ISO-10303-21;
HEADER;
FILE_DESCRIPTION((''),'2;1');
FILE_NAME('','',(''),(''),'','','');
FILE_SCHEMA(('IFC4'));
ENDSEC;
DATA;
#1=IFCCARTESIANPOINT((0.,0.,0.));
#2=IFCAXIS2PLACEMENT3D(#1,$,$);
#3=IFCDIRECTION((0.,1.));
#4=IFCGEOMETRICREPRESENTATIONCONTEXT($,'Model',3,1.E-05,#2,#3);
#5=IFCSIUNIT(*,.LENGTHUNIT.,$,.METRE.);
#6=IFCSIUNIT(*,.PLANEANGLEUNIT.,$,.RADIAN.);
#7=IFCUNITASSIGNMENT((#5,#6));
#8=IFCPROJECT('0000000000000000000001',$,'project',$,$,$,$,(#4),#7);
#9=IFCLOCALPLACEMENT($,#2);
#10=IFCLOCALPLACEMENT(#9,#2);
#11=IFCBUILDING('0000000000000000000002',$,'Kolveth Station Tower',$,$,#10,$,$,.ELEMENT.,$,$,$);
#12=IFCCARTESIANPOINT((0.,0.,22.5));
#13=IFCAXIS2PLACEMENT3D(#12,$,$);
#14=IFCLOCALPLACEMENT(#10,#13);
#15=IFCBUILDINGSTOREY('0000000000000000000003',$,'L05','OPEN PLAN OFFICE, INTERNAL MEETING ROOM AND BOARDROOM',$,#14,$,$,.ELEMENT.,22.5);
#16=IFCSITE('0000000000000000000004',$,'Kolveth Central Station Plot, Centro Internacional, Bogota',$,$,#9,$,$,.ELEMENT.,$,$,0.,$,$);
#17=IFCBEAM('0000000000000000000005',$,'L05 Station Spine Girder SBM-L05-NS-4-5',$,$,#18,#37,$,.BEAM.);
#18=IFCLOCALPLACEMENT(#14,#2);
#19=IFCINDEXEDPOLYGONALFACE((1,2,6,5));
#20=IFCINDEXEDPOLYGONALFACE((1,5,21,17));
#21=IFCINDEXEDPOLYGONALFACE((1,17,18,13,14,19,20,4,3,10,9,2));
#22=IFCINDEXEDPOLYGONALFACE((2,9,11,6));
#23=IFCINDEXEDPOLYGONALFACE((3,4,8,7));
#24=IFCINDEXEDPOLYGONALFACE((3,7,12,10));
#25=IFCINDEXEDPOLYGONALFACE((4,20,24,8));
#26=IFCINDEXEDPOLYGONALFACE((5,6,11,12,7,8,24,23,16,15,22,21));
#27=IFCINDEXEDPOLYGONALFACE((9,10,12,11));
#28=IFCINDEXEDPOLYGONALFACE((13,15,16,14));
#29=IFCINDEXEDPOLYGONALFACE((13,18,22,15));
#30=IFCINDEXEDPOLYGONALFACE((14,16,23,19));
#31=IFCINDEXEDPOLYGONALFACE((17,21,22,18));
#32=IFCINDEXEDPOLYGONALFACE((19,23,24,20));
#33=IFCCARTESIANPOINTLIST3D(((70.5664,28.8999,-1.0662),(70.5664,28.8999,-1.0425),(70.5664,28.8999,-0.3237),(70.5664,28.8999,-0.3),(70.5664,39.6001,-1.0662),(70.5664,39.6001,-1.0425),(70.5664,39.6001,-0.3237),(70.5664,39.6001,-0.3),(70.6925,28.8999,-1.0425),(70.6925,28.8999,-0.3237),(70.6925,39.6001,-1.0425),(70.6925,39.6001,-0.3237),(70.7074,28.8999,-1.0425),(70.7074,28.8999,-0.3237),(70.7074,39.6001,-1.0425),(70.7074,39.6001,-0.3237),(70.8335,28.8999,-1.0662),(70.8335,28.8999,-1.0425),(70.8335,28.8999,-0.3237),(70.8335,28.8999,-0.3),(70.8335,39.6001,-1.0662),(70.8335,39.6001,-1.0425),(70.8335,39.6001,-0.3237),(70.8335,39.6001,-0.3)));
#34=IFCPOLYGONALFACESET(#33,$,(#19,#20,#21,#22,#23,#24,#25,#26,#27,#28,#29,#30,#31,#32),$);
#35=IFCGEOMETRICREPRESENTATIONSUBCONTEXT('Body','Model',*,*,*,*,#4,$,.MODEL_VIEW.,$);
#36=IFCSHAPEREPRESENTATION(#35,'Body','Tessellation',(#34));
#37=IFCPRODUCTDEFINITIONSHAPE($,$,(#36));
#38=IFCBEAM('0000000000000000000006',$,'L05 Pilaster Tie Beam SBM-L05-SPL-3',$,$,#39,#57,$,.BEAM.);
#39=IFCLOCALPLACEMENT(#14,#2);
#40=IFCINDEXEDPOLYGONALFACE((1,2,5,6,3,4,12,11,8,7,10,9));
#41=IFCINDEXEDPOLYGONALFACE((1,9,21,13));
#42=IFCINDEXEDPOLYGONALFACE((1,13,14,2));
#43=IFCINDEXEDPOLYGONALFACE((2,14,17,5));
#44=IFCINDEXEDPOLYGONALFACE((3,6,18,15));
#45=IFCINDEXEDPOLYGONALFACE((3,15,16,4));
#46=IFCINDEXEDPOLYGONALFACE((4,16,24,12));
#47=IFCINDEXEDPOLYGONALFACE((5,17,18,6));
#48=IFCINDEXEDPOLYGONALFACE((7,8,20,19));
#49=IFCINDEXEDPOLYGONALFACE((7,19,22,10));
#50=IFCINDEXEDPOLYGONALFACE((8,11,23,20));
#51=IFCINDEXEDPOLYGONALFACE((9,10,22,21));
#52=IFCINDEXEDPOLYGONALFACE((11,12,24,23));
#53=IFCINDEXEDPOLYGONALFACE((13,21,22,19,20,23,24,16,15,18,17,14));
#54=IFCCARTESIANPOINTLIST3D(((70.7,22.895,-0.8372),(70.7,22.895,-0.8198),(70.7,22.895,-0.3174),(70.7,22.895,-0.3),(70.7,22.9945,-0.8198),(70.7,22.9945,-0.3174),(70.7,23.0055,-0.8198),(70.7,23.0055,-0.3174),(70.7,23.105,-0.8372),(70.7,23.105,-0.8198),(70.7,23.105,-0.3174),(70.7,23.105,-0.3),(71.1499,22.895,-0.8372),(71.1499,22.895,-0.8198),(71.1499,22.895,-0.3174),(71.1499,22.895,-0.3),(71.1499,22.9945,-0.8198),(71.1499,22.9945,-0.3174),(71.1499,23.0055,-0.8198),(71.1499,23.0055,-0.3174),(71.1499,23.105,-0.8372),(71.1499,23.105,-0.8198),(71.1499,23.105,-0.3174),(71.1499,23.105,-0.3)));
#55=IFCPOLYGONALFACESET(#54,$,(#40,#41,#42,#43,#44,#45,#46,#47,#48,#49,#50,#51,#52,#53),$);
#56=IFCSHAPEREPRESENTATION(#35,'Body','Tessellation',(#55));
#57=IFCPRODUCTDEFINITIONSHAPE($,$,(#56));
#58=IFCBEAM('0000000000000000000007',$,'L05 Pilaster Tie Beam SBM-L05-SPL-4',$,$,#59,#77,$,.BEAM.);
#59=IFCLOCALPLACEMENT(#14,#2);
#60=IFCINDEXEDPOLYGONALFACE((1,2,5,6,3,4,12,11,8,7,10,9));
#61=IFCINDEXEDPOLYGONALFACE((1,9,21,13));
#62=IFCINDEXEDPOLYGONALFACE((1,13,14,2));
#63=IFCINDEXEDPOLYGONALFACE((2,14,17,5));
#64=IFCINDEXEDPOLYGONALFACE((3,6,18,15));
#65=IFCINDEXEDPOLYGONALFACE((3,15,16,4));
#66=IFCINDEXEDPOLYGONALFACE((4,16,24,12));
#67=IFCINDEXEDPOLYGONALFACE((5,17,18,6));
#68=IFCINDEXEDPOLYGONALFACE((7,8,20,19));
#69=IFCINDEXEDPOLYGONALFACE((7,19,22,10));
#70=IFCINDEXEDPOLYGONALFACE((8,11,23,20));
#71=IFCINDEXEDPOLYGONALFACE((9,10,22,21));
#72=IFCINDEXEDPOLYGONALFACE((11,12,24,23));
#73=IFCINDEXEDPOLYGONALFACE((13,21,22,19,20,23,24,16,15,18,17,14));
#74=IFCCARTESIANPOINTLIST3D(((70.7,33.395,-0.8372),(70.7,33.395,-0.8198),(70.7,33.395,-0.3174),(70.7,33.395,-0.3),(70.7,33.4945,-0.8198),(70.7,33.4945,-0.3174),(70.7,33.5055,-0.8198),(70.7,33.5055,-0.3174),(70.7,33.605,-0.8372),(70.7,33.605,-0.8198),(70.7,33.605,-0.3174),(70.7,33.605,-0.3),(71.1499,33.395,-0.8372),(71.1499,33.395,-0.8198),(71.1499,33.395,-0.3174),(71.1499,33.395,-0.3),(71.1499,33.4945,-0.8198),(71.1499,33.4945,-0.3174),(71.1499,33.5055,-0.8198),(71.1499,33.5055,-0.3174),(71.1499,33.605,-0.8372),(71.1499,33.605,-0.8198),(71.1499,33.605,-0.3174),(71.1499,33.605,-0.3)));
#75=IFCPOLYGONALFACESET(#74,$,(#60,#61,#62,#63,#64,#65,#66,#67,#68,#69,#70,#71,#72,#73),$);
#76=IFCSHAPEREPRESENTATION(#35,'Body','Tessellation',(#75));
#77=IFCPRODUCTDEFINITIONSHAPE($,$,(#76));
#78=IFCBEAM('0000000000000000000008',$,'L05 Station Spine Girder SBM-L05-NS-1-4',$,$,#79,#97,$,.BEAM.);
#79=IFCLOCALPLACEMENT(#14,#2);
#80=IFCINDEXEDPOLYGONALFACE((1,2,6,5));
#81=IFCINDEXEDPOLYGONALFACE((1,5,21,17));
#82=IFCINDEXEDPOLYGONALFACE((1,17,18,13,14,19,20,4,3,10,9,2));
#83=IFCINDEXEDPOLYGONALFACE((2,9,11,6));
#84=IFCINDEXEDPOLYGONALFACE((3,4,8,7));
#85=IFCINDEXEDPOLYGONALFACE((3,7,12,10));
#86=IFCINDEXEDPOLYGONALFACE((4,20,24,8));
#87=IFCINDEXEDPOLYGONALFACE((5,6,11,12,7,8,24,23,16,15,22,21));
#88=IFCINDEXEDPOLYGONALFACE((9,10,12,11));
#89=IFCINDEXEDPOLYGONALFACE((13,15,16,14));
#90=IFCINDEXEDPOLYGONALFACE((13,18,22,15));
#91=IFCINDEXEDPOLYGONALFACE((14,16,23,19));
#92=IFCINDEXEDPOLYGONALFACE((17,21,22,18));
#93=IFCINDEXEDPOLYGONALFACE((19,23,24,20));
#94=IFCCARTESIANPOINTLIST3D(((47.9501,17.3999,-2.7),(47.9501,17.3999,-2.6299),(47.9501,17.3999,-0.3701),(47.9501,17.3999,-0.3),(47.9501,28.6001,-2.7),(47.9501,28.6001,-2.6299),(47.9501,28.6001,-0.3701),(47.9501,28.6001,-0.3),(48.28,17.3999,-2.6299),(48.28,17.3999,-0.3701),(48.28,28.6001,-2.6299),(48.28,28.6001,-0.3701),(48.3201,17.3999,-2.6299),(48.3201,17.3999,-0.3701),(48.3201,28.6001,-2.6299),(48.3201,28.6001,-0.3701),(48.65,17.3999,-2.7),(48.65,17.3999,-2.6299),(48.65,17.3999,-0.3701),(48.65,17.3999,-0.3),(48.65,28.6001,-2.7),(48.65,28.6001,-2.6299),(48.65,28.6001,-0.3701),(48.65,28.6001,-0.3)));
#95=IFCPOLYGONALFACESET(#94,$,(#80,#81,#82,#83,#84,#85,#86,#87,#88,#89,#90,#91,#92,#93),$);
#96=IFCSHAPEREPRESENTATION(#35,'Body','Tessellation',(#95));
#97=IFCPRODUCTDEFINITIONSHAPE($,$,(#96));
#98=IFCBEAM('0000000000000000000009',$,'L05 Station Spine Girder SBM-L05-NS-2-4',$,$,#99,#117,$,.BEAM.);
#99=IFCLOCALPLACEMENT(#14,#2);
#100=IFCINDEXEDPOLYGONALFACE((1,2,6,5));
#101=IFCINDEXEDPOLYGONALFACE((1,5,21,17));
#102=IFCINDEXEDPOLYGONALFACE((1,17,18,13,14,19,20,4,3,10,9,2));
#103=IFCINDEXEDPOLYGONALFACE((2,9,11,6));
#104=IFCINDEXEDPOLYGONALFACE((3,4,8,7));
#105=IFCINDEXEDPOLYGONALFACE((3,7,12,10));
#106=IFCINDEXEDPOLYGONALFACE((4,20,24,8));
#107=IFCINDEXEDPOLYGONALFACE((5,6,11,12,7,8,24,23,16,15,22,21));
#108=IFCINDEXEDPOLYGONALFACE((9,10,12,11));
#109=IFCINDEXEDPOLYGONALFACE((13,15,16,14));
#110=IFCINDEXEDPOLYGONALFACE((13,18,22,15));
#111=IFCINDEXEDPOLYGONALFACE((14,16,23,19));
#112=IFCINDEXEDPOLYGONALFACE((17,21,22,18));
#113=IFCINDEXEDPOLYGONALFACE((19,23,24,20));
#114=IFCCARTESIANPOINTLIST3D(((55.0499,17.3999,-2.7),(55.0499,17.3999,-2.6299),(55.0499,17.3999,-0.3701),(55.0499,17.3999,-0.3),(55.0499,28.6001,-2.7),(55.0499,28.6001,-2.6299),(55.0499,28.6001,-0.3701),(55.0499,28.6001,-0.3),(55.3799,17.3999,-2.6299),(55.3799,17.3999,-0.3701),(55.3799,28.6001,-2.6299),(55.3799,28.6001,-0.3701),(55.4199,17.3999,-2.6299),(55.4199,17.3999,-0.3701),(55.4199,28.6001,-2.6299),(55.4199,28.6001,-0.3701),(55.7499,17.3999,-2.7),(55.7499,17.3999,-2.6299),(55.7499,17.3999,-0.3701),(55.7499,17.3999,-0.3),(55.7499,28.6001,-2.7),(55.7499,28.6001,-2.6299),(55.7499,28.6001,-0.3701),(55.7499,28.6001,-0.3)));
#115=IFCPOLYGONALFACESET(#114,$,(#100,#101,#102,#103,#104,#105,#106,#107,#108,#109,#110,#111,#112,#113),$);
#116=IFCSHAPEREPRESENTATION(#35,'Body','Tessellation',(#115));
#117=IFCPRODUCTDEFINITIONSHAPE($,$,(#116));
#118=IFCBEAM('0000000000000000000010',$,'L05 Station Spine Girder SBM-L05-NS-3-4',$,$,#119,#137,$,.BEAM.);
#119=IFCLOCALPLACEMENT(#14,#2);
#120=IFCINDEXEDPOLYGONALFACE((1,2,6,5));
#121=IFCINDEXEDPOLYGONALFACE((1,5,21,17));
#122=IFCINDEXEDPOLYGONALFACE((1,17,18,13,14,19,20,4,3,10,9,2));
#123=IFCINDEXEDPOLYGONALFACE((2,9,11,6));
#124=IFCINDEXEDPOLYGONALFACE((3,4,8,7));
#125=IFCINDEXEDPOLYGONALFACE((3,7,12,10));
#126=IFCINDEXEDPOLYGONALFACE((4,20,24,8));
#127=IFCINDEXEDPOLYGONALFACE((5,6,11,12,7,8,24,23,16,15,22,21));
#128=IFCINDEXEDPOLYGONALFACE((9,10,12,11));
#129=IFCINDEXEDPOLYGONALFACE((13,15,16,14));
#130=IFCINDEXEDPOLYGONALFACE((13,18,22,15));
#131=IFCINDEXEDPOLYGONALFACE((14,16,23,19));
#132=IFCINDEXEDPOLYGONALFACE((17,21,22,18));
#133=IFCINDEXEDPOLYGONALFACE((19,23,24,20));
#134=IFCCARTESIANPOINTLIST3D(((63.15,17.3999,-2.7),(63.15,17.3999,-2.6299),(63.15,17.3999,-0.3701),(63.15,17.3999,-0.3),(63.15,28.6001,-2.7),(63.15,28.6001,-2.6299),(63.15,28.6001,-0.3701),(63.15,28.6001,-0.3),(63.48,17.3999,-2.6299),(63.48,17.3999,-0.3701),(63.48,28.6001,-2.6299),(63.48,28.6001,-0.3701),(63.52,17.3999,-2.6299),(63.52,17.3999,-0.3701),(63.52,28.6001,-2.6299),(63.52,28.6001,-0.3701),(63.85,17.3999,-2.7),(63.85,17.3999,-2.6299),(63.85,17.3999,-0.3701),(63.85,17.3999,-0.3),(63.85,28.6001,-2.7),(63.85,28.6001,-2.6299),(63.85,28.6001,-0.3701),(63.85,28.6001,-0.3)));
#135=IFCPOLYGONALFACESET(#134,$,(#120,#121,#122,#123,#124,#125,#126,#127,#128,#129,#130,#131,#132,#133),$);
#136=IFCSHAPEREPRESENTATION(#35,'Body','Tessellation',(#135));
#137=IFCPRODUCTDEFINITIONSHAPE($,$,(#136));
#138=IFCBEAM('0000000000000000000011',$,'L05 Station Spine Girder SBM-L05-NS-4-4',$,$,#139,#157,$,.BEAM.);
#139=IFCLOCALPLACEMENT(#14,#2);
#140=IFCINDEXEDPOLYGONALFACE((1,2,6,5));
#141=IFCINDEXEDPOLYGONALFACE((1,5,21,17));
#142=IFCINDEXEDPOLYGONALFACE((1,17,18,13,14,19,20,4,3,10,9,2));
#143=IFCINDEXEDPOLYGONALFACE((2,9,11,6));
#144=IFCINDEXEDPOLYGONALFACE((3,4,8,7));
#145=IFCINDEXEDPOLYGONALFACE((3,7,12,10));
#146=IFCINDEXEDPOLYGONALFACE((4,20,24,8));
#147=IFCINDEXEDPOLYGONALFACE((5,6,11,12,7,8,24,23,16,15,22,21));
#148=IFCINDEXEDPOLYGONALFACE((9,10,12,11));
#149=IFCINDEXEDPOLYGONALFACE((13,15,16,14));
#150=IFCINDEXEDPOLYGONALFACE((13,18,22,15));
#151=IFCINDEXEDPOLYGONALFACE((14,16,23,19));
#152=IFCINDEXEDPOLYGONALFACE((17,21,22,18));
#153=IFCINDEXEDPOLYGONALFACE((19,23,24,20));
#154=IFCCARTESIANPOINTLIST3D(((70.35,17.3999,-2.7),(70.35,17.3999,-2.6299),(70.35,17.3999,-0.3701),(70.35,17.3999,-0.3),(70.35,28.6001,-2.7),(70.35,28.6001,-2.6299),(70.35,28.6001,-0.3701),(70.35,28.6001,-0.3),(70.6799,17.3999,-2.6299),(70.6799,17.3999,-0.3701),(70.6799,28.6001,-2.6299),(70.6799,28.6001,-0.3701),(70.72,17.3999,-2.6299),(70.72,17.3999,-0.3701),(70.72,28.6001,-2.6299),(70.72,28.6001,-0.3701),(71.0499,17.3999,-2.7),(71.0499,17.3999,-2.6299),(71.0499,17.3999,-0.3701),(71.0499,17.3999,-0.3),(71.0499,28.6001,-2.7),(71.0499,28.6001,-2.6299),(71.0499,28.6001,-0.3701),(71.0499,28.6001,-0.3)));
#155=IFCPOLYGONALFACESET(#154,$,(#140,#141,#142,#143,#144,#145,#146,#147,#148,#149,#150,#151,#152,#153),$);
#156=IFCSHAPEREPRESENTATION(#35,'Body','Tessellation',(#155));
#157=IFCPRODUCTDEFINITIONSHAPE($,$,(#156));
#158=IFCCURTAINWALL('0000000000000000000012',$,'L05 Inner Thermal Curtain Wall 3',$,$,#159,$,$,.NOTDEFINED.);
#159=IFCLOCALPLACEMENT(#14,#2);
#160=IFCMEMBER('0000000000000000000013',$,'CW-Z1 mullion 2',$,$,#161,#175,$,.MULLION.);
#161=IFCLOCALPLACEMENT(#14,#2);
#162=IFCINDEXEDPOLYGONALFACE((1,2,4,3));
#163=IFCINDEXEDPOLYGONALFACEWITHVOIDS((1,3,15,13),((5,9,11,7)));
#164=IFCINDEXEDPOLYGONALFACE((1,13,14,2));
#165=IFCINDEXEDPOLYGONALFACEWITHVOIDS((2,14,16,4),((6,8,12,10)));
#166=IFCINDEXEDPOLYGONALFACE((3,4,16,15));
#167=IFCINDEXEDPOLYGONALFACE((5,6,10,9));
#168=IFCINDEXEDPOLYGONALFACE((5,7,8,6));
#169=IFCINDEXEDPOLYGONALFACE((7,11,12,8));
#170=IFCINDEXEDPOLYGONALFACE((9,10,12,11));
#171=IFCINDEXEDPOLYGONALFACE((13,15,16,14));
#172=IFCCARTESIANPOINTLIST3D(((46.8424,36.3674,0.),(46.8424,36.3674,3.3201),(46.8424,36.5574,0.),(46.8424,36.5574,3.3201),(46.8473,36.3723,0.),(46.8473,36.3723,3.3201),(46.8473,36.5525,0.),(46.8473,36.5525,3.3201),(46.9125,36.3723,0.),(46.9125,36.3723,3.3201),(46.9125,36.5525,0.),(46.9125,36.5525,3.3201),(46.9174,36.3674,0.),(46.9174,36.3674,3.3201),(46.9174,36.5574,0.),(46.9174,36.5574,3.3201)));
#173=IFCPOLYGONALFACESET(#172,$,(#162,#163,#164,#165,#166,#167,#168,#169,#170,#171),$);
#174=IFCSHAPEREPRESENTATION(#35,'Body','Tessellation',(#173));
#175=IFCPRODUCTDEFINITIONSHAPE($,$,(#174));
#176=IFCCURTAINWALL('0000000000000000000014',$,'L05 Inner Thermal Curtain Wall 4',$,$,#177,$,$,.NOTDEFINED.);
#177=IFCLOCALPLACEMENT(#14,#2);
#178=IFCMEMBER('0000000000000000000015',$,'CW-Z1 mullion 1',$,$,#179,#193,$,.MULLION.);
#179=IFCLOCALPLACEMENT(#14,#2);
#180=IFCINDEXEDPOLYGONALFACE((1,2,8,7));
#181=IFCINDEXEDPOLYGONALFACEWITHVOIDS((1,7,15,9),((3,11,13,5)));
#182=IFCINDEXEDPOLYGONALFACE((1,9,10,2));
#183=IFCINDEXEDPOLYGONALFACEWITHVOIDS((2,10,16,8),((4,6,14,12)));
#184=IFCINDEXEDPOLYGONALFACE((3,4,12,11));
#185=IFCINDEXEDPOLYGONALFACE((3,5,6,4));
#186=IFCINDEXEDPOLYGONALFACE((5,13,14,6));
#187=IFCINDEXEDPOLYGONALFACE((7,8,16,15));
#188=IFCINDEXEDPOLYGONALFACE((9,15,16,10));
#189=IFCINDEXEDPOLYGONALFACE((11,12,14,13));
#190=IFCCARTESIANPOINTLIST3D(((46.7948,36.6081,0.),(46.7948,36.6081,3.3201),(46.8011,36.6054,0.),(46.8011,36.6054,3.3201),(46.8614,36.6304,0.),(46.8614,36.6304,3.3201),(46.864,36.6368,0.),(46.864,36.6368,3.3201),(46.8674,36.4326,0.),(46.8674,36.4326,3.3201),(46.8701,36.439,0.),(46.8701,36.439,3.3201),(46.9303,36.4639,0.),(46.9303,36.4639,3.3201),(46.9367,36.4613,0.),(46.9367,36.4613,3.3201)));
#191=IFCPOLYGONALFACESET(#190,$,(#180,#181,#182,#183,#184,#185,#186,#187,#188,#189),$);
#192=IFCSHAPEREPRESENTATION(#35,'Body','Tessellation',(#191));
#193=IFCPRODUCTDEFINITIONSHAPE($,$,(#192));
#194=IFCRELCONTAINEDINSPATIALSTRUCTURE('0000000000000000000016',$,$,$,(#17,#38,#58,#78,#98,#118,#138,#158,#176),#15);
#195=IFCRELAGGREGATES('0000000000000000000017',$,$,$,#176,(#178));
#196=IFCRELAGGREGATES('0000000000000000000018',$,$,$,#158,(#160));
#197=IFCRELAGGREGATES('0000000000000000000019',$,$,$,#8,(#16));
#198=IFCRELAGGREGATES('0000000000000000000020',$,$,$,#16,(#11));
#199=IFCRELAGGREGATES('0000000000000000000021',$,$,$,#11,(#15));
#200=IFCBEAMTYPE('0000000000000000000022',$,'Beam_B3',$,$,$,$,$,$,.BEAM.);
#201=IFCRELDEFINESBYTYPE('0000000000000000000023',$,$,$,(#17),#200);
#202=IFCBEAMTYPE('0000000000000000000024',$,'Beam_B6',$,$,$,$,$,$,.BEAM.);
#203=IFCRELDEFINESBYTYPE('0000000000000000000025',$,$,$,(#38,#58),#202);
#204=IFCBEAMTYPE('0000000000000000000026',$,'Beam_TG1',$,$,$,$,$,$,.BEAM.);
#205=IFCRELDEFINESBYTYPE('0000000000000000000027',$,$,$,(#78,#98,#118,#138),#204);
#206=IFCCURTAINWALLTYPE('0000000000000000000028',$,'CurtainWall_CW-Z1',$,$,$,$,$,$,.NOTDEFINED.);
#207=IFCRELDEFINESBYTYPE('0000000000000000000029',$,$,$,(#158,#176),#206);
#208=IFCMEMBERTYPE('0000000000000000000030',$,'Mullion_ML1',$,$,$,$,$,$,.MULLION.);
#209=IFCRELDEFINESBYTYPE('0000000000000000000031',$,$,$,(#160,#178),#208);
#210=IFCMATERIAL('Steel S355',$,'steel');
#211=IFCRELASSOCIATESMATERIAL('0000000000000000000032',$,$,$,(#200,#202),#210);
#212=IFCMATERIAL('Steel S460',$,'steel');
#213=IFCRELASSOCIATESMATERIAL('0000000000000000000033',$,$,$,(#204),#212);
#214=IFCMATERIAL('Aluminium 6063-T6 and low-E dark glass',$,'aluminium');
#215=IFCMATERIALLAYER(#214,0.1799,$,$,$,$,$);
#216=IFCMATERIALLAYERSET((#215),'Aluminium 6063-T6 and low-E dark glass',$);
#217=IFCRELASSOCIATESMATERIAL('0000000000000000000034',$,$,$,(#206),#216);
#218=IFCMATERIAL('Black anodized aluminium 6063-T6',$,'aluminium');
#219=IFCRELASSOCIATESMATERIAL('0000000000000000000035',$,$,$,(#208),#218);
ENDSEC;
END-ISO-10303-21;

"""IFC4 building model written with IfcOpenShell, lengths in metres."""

from ifc_helpers import new_model, si_unit, direction, frame, origin, origin_2d, place, context, subcontext, project, spatial, hollow_rectangle, i_section, extrude, source, transform, mapped, material, layer, layer_set, material_profile, profile_set, type_object, element, aggregate, save


model = new_model("IFC4")

# Units and contexts
model_context = context("Model", 3, precision=1e-05, world=origin(), true_north=direction((0.0, 1.0)))
body_context = subcontext(model_context, "Body", "Model", "MODEL_VIEW")
ifc_project = project(units=[si_unit("LENGTHUNIT", "METRE"), si_unit("PLANEANGLEUNIT", "RADIAN")], contexts=[model_context])

# Site, building, storey
site_placement = place(None, origin())
site = spatial("IfcSite", under=ifc_project, at=site_placement, Name="Kolveth Central Station Plot, Centro Internacional, Bogota", CompositionType="ELEMENT", RefElevation=0.0)
building_placement = place(site_placement, origin())
building = spatial("IfcBuilding", under=site, at=building_placement, Name="Kolveth Station Tower", CompositionType="ELEMENT")
storey_placement = place(building_placement, frame((0.0, 0.0, 22.5)))
storey = spatial("IfcBuildingStorey", under=building, at=storey_placement, Name="L05", Description="OPEN PLAN OFFICE, INTERNAL MEETING ROOM AND BOARDROOM", CompositionType="ELEMENT", Elevation=22.5)

# Beams
ifc_material_1 = material(Name="Steel S355", Category="steel")
ifc_material_profile_1 = material_profile(ifc_material_1, i_section(OverallWidth=0.2671, OverallDepth=0.7661, WebThickness=0.0149, FlangeThickness=0.0237, at=origin_2d()), Name="W760x185")
ifc_profile_set_1 = profile_set([ifc_material_profile_1], Name="Steel S355")
beam_type_1 = type_object("IfcBeamType", Name="Beam_B3", PredefinedType="BEAM", material=ifc_profile_set_1)
shared_shape_1 = source(origin(), body_context, "Body", "SweptSolid", [
    extrude(i_section(OverallWidth=0.2671, OverallDepth=0.7661, WebThickness=0.0149, FlangeThickness=0.0237, at=origin_2d()), origin(), (0.0, 0.0, 1.0), 10.7002),
])
for number, where, z_axis, x_axis, name in (
    (1, (70.7, 28.8999, -0.6831), (0.0, 1.0, 0.0), (-1.0, 0.0, 0.0), "L05 Station Spine Girder SBM-L05-NS-4-5"),
):
    element("IfcBeam", number, at=place(storey_placement, frame(where, z_axis=z_axis, x_axis=x_axis)), inside=storey, type_object=beam_type_1, Name=name, PredefinedType="BEAM", context=body_context, shape_type="MappedRepresentation", body=[
        mapped(shared_shape_1, transform((0.0, 0.0, 0.0), x_axis=(1.0, 0.0, 0.0), y_axis=(0.0, 1.0, 0.0), z_axis=(0.0, 0.0, 1.0), scale=1.0)),
    ])
ifc_material_profile_2 = material_profile(ifc_material_1, i_section(OverallWidth=0.21, OverallDepth=0.5371, WebThickness=0.011, FlangeThickness=0.0173, at=origin_2d()), Name="W530x101")
ifc_profile_set_2 = profile_set([ifc_material_profile_2], Name="Steel S355")
beam_type_2 = type_object("IfcBeamType", Name="Beam_B6", PredefinedType="BEAM", material=ifc_profile_set_2)
shared_shape_2 = source(origin(), body_context, "Body", "SweptSolid", [
    extrude(i_section(OverallWidth=0.21, OverallDepth=0.5371, WebThickness=0.011, FlangeThickness=0.0173, at=origin_2d()), origin(), (0.0, 0.0, 1.0), 0.45),
])
for number, where, z_axis, x_axis, name in (
    (2, (70.7, 23.0, -0.5686), (1.0, 0.0, 0.0), (0.0, 1.0, 0.0), "L05 Pilaster Tie Beam SBM-L05-SPL-3"),
    (3, (70.7, 33.5, -0.5686), (1.0, 0.0, 0.0), (0.0, 1.0, 0.0), "L05 Pilaster Tie Beam SBM-L05-SPL-4"),
):
    element("IfcBeam", number, at=place(storey_placement, frame(where, z_axis=z_axis, x_axis=x_axis)), inside=storey, type_object=beam_type_2, Name=name, PredefinedType="BEAM", context=body_context, shape_type="MappedRepresentation", body=[
        mapped(shared_shape_2, transform((0.0, 0.0, 0.0), x_axis=(1.0, 0.0, 0.0), y_axis=(0.0, 1.0, 0.0), z_axis=(0.0, 0.0, 1.0), scale=1.0)),
    ])
ifc_material_2 = material(Name="Steel S460", Category="steel")
ifc_material_profile_3 = material_profile(ifc_material_2, i_section(OverallWidth=0.7, OverallDepth=2.3999, WebThickness=0.04, FlangeThickness=0.0701, at=origin_2d()), Name="PG2400x700x70")
ifc_profile_set_3 = profile_set([ifc_material_profile_3], Name="Steel S460")
beam_type_3 = type_object("IfcBeamType", Name="Beam_TG1", PredefinedType="BEAM", material=ifc_profile_set_3)
shared_shape_3 = source(origin(), body_context, "Body", "SweptSolid", [
    extrude(i_section(OverallWidth=0.7, OverallDepth=2.3999, WebThickness=0.04, FlangeThickness=0.0701, at=origin_2d()), origin(), (0.0, 0.0, 1.0), 11.2002),
])
for number, where, z_axis, x_axis, name in (
    (4, (48.3, 17.3999, -1.5), (0.0, 1.0, 0.0), (-1.0, 0.0, 0.0), "L05 Station Spine Girder SBM-L05-NS-1-4"),
    (5, (55.3999, 17.3999, -1.5), (0.0, 1.0, 0.0), (-1.0, 0.0, 0.0), "L05 Station Spine Girder SBM-L05-NS-2-4"),
    (6, (63.5, 17.3999, -1.5), (0.0, 1.0, 0.0), (-1.0, 0.0, 0.0), "L05 Station Spine Girder SBM-L05-NS-3-4"),
    (7, (70.7, 17.3999, -1.5), (0.0, 1.0, 0.0), (-1.0, 0.0, 0.0), "L05 Station Spine Girder SBM-L05-NS-4-4"),
):
    element("IfcBeam", number, at=place(storey_placement, frame(where, z_axis=z_axis, x_axis=x_axis)), inside=storey, type_object=beam_type_3, Name=name, PredefinedType="BEAM", context=body_context, shape_type="MappedRepresentation", body=[
        mapped(shared_shape_3, transform((0.0, 0.0, 0.0), x_axis=(1.0, 0.0, 0.0), y_axis=(0.0, 1.0, 0.0), z_axis=(0.0, 0.0, 1.0), scale=1.0)),
    ])

# Curtain wall, member
ifc_material_3 = material(Name="Aluminium 6063-T6 and low-E dark glass", Category="aluminium")
ifc_layer_1 = layer(ifc_material_3, 0.1799)
ifc_layer_set_1 = layer_set([ifc_layer_1], Name="Aluminium 6063-T6 and low-E dark glass")
curtain_wall_type_1 = type_object("IfcCurtainWallType", Name="CurtainWall_CW-Z1", PredefinedType="NOTDEFINED", material=ifc_layer_set_1)
curtain_wall_1_placement = place(storey_placement, origin())
curtain_wall_1 = element("IfcCurtainWall", 8, at=curtain_wall_1_placement, inside=storey, type_object=curtain_wall_type_1, Name="L05 Inner Thermal Curtain Wall 3", PredefinedType="NOTDEFINED")
ifc_material_4 = material(Name="Black anodized aluminium 6063-T6", Category="aluminium")
ifc_material_profile_4 = material_profile(ifc_material_4, hollow_rectangle(XDim=0.075, YDim=0.1899, WallThickness=0.0049, at=origin_2d()), Name="ALU-75x190x5")
ifc_profile_set_4 = profile_set([ifc_material_profile_4], Name="Black anodized aluminium 6063-T6")
member_type_1 = type_object("IfcMemberType", Name="Mullion_ML1", PredefinedType="MULLION", material=ifc_profile_set_4)
shared_shape_4 = source(origin(), body_context, "Body", "SweptSolid", [
    extrude(hollow_rectangle(XDim=0.075, YDim=0.1899, WallThickness=0.0049, at=origin_2d()), origin(), (0.0, 0.0, 1.0), 3.3201),
])
member_1_placement = place(storey_placement, frame((46.8799, 36.4624, 0.0), z_axis=(0.0, 0.0, 1.0), x_axis=(-1.0, 0.0, 0.0)))
member_1 = element("IfcMember", 9, at=member_1_placement, type_object=member_type_1, Name="CW-Z1 mullion 2", PredefinedType="MULLION", context=body_context, shape_type="MappedRepresentation", body=[
    mapped(shared_shape_4, transform((0.0, 0.0, 0.0), x_axis=(1.0, 0.0, 0.0), y_axis=(0.0, 1.0, 0.0), z_axis=(0.0, 0.0, 1.0), scale=1.0)),
])

# Curtain wall, member
curtain_wall_2_placement = place(storey_placement, origin())
curtain_wall_2 = element("IfcCurtainWall", 10, at=curtain_wall_2_placement, inside=storey, type_object=curtain_wall_type_1, Name="L05 Inner Thermal Curtain Wall 4", PredefinedType="NOTDEFINED")
member_2_placement = place(storey_placement, frame((46.8657, 36.5347, 0.0), z_axis=(0.0, 0.0, 1.0), x_axis=(-0.923884, -0.382673, 0.0)))
member_2 = element("IfcMember", 11, at=member_2_placement, type_object=member_type_1, Name="CW-Z1 mullion 1", PredefinedType="MULLION", context=body_context, shape_type="MappedRepresentation", body=[
    mapped(shared_shape_4, transform((0.0, 0.0, 0.0), x_axis=(1.0, 0.0, 0.0), y_axis=(0.0, 1.0, 0.0), z_axis=(0.0, 0.0, 1.0), scale=1.0)),
])
aggregate(curtain_wall_2, [member_2])

aggregate(curtain_wall_1, [member_1])

save(model, "model.ifc")
